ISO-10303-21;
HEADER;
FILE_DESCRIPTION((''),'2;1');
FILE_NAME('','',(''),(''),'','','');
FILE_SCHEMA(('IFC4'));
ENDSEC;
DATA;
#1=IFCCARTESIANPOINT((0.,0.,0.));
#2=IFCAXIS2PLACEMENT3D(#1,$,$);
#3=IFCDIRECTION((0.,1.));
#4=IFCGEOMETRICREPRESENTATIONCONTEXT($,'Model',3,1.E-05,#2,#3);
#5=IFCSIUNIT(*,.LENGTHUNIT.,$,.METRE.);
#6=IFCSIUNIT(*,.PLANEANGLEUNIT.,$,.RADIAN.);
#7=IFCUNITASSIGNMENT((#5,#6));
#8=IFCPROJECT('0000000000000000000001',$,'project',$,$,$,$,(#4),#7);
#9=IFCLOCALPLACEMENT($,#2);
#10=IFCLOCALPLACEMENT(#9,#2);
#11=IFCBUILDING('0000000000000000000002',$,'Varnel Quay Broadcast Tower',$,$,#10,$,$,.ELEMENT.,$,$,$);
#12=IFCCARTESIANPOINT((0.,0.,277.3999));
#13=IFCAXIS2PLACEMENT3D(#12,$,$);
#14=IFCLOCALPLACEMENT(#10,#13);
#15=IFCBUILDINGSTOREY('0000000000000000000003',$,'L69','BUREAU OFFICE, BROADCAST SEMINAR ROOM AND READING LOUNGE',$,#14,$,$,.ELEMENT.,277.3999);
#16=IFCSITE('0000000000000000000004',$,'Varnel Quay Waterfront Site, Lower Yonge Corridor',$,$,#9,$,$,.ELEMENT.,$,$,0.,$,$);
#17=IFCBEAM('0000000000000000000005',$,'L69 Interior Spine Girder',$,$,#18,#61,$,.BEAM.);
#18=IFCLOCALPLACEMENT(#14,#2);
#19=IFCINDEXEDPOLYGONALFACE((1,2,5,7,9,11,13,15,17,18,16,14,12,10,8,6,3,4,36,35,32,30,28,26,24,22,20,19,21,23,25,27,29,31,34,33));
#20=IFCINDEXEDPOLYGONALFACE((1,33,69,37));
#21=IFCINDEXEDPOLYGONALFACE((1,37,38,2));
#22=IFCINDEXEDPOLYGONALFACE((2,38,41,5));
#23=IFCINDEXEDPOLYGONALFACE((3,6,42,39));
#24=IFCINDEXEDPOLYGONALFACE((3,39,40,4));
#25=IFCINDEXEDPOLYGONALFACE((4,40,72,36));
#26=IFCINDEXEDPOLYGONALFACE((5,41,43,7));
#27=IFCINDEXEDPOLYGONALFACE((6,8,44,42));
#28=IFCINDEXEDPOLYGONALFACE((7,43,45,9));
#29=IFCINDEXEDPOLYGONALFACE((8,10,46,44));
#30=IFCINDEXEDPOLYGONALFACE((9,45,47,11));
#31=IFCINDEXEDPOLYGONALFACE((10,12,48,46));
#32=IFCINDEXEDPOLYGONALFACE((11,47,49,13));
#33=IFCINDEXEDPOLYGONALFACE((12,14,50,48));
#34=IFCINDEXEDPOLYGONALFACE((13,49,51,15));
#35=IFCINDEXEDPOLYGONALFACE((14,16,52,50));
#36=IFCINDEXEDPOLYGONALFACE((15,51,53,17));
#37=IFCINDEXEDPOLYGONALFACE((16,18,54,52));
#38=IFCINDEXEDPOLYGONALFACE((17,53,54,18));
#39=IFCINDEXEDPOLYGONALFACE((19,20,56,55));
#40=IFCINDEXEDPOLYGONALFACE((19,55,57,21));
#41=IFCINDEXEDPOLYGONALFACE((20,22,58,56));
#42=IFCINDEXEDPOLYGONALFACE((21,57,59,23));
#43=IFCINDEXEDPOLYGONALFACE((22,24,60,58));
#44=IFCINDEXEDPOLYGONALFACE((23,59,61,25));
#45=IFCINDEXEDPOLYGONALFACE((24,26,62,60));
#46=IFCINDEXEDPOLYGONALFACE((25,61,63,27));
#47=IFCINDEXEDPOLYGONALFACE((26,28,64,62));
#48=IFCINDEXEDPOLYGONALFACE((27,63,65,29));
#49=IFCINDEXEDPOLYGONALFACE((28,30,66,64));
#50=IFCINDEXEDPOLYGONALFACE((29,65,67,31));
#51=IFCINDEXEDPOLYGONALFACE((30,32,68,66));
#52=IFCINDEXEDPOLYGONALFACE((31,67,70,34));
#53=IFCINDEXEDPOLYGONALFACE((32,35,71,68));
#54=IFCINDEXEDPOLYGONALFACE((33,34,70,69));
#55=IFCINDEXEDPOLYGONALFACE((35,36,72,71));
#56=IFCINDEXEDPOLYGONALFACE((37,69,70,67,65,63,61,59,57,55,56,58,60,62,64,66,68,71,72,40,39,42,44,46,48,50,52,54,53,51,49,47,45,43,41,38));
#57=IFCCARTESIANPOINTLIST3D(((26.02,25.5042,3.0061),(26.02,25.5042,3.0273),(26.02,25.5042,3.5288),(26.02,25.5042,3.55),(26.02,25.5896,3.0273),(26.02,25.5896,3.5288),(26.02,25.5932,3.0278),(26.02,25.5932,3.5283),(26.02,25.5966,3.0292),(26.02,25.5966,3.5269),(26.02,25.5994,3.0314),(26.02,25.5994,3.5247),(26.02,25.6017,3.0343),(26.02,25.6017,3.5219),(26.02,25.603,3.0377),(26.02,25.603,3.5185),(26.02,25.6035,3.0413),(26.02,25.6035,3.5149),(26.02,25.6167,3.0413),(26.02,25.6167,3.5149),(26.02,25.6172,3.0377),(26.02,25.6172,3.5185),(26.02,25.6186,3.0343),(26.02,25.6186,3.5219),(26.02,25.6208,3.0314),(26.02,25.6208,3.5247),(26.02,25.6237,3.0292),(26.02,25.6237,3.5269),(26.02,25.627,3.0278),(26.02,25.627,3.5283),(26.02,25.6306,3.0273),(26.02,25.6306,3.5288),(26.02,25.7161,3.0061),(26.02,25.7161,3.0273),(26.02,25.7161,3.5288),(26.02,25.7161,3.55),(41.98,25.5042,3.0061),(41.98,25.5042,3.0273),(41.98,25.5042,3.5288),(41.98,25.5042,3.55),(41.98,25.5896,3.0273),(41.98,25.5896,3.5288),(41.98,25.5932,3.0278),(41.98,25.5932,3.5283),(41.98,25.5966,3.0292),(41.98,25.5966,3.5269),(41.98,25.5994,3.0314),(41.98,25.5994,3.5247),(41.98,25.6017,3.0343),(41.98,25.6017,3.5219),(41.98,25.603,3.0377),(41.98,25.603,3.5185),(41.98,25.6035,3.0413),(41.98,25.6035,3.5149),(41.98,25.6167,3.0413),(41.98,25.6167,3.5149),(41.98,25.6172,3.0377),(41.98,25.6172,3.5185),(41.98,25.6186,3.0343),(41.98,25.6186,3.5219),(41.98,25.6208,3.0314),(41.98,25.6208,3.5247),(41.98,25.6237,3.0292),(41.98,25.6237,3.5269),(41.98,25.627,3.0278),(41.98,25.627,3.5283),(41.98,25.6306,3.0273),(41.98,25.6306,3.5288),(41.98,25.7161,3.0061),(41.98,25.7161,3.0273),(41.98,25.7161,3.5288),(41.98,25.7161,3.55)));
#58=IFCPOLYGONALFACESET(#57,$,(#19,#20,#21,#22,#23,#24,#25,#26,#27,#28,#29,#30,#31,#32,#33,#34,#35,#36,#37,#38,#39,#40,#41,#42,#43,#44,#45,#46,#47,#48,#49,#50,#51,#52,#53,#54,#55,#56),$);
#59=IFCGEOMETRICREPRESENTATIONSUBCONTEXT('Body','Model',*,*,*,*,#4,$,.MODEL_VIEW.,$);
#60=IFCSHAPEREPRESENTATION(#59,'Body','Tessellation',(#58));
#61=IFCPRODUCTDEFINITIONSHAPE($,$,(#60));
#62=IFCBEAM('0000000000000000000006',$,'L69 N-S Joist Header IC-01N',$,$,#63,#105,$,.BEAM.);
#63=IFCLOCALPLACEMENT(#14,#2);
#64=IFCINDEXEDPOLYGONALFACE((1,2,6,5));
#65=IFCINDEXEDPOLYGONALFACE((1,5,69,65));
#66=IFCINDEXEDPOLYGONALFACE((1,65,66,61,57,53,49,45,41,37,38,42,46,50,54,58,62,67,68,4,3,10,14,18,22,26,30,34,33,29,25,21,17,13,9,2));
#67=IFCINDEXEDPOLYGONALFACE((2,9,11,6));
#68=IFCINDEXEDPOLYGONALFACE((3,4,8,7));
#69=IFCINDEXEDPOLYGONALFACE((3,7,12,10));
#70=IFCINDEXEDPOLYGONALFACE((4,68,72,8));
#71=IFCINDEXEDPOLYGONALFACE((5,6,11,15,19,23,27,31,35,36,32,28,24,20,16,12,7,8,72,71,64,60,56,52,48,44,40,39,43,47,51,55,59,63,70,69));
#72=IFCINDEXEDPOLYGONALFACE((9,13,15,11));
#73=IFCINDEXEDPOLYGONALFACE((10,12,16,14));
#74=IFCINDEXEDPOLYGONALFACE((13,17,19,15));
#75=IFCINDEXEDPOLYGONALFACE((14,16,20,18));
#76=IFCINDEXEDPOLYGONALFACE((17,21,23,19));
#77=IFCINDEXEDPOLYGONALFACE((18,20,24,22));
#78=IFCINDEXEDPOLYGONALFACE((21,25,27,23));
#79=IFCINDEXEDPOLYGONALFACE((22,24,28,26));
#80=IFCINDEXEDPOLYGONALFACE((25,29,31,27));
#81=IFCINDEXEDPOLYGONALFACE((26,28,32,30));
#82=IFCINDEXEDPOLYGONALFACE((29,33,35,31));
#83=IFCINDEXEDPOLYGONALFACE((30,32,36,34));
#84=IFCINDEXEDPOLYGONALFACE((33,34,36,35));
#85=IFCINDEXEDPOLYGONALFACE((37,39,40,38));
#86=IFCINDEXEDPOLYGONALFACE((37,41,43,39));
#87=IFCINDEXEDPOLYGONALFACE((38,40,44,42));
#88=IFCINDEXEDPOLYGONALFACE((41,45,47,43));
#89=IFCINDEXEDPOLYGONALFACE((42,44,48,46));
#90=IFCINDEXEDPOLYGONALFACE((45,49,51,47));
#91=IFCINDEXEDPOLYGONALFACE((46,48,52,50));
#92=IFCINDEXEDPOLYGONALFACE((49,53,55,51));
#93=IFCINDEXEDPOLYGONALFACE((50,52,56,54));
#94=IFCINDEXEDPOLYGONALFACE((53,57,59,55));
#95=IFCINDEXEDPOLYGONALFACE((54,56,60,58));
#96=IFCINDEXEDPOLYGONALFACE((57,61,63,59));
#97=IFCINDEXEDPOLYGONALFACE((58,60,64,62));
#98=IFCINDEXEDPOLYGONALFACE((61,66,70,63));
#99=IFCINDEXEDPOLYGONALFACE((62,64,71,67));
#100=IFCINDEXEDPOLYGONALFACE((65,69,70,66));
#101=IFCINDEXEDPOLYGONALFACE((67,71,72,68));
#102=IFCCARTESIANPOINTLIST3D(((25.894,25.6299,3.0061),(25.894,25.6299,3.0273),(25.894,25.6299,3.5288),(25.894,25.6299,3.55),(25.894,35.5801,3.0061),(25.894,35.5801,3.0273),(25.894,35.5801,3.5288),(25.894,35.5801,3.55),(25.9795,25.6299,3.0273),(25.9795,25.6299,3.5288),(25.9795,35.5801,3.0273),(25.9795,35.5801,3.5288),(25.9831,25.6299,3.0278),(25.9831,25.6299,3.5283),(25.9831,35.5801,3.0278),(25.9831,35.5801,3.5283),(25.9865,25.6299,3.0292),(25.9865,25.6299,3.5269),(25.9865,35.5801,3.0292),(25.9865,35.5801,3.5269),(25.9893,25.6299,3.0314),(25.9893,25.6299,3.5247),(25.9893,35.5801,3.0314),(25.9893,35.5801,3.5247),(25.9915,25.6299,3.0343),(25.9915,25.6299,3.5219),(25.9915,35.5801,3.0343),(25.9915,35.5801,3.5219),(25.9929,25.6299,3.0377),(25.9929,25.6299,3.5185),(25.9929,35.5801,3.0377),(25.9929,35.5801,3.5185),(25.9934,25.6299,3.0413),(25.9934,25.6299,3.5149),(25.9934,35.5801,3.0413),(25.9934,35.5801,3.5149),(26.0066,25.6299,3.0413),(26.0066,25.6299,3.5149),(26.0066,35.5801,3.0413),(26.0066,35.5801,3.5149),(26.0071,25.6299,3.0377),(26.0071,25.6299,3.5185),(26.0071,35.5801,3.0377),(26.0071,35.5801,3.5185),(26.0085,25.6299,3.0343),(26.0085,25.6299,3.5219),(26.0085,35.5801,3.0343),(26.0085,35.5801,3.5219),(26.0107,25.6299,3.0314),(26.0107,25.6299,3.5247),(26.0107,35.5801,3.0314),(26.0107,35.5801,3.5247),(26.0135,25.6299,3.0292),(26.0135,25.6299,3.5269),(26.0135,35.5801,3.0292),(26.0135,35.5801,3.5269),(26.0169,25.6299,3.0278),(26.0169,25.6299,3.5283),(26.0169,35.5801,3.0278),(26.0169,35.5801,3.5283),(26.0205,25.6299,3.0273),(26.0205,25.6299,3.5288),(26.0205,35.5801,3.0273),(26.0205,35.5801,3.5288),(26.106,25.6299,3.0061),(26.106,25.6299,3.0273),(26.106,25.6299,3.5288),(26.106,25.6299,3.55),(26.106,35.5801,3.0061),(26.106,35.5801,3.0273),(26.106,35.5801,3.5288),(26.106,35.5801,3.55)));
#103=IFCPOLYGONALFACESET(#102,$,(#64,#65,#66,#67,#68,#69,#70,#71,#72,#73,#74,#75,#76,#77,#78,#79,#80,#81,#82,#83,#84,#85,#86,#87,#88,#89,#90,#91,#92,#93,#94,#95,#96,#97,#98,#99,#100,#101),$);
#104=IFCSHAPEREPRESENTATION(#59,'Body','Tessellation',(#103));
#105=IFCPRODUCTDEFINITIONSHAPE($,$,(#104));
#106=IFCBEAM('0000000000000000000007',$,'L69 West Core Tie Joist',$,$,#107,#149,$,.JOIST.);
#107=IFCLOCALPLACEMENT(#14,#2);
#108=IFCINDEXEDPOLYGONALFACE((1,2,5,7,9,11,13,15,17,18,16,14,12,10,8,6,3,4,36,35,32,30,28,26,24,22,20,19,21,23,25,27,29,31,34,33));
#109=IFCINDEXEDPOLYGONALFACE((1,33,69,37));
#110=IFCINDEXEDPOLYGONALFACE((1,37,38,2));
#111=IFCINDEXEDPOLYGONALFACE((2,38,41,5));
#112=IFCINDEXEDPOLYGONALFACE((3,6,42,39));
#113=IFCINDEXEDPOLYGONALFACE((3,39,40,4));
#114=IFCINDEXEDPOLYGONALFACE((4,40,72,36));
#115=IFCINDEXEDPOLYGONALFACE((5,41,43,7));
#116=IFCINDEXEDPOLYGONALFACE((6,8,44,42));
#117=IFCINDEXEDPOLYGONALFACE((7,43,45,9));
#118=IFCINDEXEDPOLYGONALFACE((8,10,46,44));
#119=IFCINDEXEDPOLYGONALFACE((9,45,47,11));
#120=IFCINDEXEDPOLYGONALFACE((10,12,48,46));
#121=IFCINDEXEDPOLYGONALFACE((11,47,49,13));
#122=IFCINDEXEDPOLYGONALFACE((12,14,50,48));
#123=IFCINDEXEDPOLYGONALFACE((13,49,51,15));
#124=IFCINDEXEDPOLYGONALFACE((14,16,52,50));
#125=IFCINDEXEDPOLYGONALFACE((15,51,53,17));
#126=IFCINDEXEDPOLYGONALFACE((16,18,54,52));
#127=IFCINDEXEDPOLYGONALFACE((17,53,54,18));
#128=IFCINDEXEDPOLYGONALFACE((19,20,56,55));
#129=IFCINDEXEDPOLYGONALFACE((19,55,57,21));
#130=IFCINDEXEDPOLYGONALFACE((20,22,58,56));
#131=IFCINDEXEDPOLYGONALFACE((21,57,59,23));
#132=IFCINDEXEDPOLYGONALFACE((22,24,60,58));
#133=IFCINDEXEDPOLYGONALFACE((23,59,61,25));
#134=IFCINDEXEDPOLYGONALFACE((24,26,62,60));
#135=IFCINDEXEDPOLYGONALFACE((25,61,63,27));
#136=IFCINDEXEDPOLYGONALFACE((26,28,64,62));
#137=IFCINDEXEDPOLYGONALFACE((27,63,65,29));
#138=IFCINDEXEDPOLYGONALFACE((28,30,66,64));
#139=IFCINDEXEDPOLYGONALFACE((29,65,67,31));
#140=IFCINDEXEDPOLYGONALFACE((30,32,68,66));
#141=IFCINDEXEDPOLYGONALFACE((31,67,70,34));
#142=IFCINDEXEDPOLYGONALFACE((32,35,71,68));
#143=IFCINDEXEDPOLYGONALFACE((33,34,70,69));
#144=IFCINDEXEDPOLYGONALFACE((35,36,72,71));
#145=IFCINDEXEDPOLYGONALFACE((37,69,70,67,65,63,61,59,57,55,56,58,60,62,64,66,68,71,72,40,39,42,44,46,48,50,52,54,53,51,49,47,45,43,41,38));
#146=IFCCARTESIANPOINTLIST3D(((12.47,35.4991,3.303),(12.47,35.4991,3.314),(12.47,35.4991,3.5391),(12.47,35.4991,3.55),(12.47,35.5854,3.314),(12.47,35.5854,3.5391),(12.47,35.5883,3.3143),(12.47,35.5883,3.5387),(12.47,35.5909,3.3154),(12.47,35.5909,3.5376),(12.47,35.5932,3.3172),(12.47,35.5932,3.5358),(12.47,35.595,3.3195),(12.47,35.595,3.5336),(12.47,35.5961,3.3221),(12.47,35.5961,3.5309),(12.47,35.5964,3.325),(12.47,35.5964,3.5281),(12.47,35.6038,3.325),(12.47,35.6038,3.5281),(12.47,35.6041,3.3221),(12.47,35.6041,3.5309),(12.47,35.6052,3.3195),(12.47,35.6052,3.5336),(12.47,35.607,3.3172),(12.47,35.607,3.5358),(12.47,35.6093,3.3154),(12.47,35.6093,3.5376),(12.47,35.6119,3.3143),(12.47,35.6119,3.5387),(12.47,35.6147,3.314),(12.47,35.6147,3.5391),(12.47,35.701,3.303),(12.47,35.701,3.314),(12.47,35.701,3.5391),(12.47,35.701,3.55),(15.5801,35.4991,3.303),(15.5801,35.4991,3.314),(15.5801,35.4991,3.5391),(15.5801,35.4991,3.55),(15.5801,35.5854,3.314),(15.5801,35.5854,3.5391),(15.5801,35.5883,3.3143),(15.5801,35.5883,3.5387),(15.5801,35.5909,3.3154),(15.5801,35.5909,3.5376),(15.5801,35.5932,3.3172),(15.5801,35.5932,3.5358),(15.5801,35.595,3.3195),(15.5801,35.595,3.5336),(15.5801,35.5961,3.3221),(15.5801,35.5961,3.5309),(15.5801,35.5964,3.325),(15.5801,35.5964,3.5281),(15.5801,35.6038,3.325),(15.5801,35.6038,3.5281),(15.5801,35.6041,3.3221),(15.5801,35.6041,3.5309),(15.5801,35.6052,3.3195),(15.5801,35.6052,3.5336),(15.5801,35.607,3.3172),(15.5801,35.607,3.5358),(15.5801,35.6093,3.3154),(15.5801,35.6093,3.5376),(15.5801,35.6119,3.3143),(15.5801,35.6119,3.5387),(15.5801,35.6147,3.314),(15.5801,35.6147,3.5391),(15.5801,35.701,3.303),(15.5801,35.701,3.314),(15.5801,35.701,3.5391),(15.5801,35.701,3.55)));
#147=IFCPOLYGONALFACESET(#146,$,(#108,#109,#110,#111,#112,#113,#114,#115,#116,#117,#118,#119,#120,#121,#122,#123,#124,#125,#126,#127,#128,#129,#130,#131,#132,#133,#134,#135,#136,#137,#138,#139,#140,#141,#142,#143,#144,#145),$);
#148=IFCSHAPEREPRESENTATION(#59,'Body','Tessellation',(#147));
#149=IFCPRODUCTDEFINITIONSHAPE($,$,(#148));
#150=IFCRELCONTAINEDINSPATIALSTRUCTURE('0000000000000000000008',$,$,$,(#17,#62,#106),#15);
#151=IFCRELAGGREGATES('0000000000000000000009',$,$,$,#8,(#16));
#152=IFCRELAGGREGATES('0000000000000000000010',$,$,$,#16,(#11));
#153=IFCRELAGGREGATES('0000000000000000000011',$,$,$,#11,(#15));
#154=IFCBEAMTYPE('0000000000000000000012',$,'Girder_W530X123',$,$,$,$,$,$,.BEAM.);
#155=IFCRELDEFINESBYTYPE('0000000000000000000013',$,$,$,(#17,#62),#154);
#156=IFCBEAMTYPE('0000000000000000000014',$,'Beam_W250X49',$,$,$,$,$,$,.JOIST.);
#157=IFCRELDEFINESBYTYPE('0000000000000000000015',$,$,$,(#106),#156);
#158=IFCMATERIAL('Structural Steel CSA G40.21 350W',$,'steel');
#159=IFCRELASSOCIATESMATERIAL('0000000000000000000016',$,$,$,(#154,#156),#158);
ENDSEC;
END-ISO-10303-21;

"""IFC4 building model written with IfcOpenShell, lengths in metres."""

from ifc_helpers import new_model, si_unit, direction, frame, origin, origin_2d, place, context, subcontext, project, spatial, i_section, extrude, source, transform, mapped, material, material_profile, profile_set, type_object, element, save


model = new_model("IFC4")

# Units and contexts
model_context = context("Model", 3, precision=1e-05, world=origin(), true_north=direction((0.0, 1.0)))
body_context = subcontext(model_context, "Body", "Model", "MODEL_VIEW")
ifc_project = project(units=[si_unit("LENGTHUNIT", "METRE"), si_unit("PLANEANGLEUNIT", "RADIAN")], contexts=[model_context])

# Site, building, storey
site_placement = place(None, origin())
site = spatial("IfcSite", under=ifc_project, at=site_placement, Name="Varnel Quay Waterfront Site, Lower Yonge Corridor", CompositionType="ELEMENT", RefElevation=0.0)
building_placement = place(site_placement, origin())
building = spatial("IfcBuilding", under=site, at=building_placement, Name="Varnel Quay Broadcast Tower", CompositionType="ELEMENT")
storey_placement = place(building_placement, frame((0.0, 0.0, 277.3999)))
storey = spatial("IfcBuildingStorey", under=building, at=storey_placement, Name="L69", Description="BUREAU OFFICE, BROADCAST SEMINAR ROOM AND READING LOUNGE", CompositionType="ELEMENT", Elevation=277.3999)

# Shared definitions
ifc_material_1 = material(Name="Structural Steel CSA G40.21 350W", Category="steel")

# Beams
ifc_material_profile_1 = material_profile(ifc_material_1, i_section(OverallWidth=0.2119, OverallDepth=0.5439, WebThickness=0.0132, FlangeThickness=0.0212, FilletRadius=0.0139, at=origin_2d()), Name="W530X123")
ifc_profile_set_1 = profile_set([ifc_material_profile_1], Name="Structural Steel CSA G40.21 350W")
beam_type_1 = type_object("IfcBeamType", Name="Girder_W530X123", PredefinedType="BEAM", material=ifc_profile_set_1)
shared_shape_1 = source(origin(), body_context, "Body", "SweptSolid", [
    extrude(i_section(OverallWidth=0.2119, OverallDepth=0.5439, WebThickness=0.0132, FlangeThickness=0.0212, FilletRadius=0.0139, at=origin_2d()), origin(), (0.0, 0.0, 1.0), 15.96),
])
beam_1_placement = place(storey_placement, frame((26.02, 25.6101, 3.2781), z_axis=(1.0, 0.0, 0.0), x_axis=(0.0, 1.0, 0.0)))
element("IfcBeam", 1, at=beam_1_placement, inside=storey, type_object=beam_type_1, Name="L69 Interior Spine Girder", PredefinedType="BEAM", context=body_context, shape_type="MappedRepresentation", body=[
    mapped(shared_shape_1, transform((0.0, 0.0, 0.0), x_axis=(1.0, 0.0, 0.0), y_axis=(0.0, 1.0, 0.0), z_axis=(0.0, 0.0, 1.0), scale=1.0)),
])
shared_shape_2 = source(origin(), body_context, "Body", "SweptSolid", [
    extrude(i_section(OverallWidth=0.2119, OverallDepth=0.5439, WebThickness=0.0132, FlangeThickness=0.0212, FilletRadius=0.0139, at=origin_2d()), origin(), (0.0, 0.0, 1.0), 9.9502),
])
beam_2_placement = place(storey_placement, frame((26.0, 25.6299, 3.2781), z_axis=(0.0, 1.0, 0.0), x_axis=(-1.0, 0.0, 0.0)))
element("IfcBeam", 2, at=beam_2_placement, inside=storey, type_object=beam_type_1, Name="L69 N-S Joist Header IC-01N", PredefinedType="BEAM", context=body_context, shape_type="MappedRepresentation", body=[
    mapped(shared_shape_2, transform((0.0, 0.0, 0.0), x_axis=(1.0, 0.0, 0.0), y_axis=(0.0, 1.0, 0.0), z_axis=(0.0, 0.0, 1.0), scale=1.0)),
])
ifc_material_profile_2 = material_profile(ifc_material_1, i_section(OverallWidth=0.2019, OverallDepth=0.2471, WebThickness=0.0073, FlangeThickness=0.011, FilletRadius=0.011, at=origin_2d()), Name="W250X49")
ifc_profile_set_2 = profile_set([ifc_material_profile_2], Name="Structural Steel CSA G40.21 350W")
beam_type_2 = type_object("IfcBeamType", Name="Beam_W250X49", PredefinedType="JOIST", material=ifc_profile_set_2)
shared_shape_3 = source(origin(), body_context, "Body", "SweptSolid", [
    extrude(i_section(OverallWidth=0.2019, OverallDepth=0.2471, WebThickness=0.0073, FlangeThickness=0.011, FilletRadius=0.011, at=origin_2d()), origin(), (0.0, 0.0, 1.0), 3.1101),
])
beam_3_placement = place(storey_placement, frame((12.47, 35.6001, 3.4265), z_axis=(1.0, 0.0, 0.0), x_axis=(0.0, 1.0, 0.0)))
element("IfcBeam", 3, at=beam_3_placement, inside=storey, type_object=beam_type_2, Name="L69 West Core Tie Joist", PredefinedType="JOIST", context=body_context, shape_type="MappedRepresentation", body=[
    mapped(shared_shape_3, transform((0.0, 0.0, 0.0), x_axis=(1.0, 0.0, 0.0), y_axis=(0.0, 1.0, 0.0), z_axis=(0.0, 0.0, 1.0), scale=1.0)),
])

save(model, "model.ifc")
